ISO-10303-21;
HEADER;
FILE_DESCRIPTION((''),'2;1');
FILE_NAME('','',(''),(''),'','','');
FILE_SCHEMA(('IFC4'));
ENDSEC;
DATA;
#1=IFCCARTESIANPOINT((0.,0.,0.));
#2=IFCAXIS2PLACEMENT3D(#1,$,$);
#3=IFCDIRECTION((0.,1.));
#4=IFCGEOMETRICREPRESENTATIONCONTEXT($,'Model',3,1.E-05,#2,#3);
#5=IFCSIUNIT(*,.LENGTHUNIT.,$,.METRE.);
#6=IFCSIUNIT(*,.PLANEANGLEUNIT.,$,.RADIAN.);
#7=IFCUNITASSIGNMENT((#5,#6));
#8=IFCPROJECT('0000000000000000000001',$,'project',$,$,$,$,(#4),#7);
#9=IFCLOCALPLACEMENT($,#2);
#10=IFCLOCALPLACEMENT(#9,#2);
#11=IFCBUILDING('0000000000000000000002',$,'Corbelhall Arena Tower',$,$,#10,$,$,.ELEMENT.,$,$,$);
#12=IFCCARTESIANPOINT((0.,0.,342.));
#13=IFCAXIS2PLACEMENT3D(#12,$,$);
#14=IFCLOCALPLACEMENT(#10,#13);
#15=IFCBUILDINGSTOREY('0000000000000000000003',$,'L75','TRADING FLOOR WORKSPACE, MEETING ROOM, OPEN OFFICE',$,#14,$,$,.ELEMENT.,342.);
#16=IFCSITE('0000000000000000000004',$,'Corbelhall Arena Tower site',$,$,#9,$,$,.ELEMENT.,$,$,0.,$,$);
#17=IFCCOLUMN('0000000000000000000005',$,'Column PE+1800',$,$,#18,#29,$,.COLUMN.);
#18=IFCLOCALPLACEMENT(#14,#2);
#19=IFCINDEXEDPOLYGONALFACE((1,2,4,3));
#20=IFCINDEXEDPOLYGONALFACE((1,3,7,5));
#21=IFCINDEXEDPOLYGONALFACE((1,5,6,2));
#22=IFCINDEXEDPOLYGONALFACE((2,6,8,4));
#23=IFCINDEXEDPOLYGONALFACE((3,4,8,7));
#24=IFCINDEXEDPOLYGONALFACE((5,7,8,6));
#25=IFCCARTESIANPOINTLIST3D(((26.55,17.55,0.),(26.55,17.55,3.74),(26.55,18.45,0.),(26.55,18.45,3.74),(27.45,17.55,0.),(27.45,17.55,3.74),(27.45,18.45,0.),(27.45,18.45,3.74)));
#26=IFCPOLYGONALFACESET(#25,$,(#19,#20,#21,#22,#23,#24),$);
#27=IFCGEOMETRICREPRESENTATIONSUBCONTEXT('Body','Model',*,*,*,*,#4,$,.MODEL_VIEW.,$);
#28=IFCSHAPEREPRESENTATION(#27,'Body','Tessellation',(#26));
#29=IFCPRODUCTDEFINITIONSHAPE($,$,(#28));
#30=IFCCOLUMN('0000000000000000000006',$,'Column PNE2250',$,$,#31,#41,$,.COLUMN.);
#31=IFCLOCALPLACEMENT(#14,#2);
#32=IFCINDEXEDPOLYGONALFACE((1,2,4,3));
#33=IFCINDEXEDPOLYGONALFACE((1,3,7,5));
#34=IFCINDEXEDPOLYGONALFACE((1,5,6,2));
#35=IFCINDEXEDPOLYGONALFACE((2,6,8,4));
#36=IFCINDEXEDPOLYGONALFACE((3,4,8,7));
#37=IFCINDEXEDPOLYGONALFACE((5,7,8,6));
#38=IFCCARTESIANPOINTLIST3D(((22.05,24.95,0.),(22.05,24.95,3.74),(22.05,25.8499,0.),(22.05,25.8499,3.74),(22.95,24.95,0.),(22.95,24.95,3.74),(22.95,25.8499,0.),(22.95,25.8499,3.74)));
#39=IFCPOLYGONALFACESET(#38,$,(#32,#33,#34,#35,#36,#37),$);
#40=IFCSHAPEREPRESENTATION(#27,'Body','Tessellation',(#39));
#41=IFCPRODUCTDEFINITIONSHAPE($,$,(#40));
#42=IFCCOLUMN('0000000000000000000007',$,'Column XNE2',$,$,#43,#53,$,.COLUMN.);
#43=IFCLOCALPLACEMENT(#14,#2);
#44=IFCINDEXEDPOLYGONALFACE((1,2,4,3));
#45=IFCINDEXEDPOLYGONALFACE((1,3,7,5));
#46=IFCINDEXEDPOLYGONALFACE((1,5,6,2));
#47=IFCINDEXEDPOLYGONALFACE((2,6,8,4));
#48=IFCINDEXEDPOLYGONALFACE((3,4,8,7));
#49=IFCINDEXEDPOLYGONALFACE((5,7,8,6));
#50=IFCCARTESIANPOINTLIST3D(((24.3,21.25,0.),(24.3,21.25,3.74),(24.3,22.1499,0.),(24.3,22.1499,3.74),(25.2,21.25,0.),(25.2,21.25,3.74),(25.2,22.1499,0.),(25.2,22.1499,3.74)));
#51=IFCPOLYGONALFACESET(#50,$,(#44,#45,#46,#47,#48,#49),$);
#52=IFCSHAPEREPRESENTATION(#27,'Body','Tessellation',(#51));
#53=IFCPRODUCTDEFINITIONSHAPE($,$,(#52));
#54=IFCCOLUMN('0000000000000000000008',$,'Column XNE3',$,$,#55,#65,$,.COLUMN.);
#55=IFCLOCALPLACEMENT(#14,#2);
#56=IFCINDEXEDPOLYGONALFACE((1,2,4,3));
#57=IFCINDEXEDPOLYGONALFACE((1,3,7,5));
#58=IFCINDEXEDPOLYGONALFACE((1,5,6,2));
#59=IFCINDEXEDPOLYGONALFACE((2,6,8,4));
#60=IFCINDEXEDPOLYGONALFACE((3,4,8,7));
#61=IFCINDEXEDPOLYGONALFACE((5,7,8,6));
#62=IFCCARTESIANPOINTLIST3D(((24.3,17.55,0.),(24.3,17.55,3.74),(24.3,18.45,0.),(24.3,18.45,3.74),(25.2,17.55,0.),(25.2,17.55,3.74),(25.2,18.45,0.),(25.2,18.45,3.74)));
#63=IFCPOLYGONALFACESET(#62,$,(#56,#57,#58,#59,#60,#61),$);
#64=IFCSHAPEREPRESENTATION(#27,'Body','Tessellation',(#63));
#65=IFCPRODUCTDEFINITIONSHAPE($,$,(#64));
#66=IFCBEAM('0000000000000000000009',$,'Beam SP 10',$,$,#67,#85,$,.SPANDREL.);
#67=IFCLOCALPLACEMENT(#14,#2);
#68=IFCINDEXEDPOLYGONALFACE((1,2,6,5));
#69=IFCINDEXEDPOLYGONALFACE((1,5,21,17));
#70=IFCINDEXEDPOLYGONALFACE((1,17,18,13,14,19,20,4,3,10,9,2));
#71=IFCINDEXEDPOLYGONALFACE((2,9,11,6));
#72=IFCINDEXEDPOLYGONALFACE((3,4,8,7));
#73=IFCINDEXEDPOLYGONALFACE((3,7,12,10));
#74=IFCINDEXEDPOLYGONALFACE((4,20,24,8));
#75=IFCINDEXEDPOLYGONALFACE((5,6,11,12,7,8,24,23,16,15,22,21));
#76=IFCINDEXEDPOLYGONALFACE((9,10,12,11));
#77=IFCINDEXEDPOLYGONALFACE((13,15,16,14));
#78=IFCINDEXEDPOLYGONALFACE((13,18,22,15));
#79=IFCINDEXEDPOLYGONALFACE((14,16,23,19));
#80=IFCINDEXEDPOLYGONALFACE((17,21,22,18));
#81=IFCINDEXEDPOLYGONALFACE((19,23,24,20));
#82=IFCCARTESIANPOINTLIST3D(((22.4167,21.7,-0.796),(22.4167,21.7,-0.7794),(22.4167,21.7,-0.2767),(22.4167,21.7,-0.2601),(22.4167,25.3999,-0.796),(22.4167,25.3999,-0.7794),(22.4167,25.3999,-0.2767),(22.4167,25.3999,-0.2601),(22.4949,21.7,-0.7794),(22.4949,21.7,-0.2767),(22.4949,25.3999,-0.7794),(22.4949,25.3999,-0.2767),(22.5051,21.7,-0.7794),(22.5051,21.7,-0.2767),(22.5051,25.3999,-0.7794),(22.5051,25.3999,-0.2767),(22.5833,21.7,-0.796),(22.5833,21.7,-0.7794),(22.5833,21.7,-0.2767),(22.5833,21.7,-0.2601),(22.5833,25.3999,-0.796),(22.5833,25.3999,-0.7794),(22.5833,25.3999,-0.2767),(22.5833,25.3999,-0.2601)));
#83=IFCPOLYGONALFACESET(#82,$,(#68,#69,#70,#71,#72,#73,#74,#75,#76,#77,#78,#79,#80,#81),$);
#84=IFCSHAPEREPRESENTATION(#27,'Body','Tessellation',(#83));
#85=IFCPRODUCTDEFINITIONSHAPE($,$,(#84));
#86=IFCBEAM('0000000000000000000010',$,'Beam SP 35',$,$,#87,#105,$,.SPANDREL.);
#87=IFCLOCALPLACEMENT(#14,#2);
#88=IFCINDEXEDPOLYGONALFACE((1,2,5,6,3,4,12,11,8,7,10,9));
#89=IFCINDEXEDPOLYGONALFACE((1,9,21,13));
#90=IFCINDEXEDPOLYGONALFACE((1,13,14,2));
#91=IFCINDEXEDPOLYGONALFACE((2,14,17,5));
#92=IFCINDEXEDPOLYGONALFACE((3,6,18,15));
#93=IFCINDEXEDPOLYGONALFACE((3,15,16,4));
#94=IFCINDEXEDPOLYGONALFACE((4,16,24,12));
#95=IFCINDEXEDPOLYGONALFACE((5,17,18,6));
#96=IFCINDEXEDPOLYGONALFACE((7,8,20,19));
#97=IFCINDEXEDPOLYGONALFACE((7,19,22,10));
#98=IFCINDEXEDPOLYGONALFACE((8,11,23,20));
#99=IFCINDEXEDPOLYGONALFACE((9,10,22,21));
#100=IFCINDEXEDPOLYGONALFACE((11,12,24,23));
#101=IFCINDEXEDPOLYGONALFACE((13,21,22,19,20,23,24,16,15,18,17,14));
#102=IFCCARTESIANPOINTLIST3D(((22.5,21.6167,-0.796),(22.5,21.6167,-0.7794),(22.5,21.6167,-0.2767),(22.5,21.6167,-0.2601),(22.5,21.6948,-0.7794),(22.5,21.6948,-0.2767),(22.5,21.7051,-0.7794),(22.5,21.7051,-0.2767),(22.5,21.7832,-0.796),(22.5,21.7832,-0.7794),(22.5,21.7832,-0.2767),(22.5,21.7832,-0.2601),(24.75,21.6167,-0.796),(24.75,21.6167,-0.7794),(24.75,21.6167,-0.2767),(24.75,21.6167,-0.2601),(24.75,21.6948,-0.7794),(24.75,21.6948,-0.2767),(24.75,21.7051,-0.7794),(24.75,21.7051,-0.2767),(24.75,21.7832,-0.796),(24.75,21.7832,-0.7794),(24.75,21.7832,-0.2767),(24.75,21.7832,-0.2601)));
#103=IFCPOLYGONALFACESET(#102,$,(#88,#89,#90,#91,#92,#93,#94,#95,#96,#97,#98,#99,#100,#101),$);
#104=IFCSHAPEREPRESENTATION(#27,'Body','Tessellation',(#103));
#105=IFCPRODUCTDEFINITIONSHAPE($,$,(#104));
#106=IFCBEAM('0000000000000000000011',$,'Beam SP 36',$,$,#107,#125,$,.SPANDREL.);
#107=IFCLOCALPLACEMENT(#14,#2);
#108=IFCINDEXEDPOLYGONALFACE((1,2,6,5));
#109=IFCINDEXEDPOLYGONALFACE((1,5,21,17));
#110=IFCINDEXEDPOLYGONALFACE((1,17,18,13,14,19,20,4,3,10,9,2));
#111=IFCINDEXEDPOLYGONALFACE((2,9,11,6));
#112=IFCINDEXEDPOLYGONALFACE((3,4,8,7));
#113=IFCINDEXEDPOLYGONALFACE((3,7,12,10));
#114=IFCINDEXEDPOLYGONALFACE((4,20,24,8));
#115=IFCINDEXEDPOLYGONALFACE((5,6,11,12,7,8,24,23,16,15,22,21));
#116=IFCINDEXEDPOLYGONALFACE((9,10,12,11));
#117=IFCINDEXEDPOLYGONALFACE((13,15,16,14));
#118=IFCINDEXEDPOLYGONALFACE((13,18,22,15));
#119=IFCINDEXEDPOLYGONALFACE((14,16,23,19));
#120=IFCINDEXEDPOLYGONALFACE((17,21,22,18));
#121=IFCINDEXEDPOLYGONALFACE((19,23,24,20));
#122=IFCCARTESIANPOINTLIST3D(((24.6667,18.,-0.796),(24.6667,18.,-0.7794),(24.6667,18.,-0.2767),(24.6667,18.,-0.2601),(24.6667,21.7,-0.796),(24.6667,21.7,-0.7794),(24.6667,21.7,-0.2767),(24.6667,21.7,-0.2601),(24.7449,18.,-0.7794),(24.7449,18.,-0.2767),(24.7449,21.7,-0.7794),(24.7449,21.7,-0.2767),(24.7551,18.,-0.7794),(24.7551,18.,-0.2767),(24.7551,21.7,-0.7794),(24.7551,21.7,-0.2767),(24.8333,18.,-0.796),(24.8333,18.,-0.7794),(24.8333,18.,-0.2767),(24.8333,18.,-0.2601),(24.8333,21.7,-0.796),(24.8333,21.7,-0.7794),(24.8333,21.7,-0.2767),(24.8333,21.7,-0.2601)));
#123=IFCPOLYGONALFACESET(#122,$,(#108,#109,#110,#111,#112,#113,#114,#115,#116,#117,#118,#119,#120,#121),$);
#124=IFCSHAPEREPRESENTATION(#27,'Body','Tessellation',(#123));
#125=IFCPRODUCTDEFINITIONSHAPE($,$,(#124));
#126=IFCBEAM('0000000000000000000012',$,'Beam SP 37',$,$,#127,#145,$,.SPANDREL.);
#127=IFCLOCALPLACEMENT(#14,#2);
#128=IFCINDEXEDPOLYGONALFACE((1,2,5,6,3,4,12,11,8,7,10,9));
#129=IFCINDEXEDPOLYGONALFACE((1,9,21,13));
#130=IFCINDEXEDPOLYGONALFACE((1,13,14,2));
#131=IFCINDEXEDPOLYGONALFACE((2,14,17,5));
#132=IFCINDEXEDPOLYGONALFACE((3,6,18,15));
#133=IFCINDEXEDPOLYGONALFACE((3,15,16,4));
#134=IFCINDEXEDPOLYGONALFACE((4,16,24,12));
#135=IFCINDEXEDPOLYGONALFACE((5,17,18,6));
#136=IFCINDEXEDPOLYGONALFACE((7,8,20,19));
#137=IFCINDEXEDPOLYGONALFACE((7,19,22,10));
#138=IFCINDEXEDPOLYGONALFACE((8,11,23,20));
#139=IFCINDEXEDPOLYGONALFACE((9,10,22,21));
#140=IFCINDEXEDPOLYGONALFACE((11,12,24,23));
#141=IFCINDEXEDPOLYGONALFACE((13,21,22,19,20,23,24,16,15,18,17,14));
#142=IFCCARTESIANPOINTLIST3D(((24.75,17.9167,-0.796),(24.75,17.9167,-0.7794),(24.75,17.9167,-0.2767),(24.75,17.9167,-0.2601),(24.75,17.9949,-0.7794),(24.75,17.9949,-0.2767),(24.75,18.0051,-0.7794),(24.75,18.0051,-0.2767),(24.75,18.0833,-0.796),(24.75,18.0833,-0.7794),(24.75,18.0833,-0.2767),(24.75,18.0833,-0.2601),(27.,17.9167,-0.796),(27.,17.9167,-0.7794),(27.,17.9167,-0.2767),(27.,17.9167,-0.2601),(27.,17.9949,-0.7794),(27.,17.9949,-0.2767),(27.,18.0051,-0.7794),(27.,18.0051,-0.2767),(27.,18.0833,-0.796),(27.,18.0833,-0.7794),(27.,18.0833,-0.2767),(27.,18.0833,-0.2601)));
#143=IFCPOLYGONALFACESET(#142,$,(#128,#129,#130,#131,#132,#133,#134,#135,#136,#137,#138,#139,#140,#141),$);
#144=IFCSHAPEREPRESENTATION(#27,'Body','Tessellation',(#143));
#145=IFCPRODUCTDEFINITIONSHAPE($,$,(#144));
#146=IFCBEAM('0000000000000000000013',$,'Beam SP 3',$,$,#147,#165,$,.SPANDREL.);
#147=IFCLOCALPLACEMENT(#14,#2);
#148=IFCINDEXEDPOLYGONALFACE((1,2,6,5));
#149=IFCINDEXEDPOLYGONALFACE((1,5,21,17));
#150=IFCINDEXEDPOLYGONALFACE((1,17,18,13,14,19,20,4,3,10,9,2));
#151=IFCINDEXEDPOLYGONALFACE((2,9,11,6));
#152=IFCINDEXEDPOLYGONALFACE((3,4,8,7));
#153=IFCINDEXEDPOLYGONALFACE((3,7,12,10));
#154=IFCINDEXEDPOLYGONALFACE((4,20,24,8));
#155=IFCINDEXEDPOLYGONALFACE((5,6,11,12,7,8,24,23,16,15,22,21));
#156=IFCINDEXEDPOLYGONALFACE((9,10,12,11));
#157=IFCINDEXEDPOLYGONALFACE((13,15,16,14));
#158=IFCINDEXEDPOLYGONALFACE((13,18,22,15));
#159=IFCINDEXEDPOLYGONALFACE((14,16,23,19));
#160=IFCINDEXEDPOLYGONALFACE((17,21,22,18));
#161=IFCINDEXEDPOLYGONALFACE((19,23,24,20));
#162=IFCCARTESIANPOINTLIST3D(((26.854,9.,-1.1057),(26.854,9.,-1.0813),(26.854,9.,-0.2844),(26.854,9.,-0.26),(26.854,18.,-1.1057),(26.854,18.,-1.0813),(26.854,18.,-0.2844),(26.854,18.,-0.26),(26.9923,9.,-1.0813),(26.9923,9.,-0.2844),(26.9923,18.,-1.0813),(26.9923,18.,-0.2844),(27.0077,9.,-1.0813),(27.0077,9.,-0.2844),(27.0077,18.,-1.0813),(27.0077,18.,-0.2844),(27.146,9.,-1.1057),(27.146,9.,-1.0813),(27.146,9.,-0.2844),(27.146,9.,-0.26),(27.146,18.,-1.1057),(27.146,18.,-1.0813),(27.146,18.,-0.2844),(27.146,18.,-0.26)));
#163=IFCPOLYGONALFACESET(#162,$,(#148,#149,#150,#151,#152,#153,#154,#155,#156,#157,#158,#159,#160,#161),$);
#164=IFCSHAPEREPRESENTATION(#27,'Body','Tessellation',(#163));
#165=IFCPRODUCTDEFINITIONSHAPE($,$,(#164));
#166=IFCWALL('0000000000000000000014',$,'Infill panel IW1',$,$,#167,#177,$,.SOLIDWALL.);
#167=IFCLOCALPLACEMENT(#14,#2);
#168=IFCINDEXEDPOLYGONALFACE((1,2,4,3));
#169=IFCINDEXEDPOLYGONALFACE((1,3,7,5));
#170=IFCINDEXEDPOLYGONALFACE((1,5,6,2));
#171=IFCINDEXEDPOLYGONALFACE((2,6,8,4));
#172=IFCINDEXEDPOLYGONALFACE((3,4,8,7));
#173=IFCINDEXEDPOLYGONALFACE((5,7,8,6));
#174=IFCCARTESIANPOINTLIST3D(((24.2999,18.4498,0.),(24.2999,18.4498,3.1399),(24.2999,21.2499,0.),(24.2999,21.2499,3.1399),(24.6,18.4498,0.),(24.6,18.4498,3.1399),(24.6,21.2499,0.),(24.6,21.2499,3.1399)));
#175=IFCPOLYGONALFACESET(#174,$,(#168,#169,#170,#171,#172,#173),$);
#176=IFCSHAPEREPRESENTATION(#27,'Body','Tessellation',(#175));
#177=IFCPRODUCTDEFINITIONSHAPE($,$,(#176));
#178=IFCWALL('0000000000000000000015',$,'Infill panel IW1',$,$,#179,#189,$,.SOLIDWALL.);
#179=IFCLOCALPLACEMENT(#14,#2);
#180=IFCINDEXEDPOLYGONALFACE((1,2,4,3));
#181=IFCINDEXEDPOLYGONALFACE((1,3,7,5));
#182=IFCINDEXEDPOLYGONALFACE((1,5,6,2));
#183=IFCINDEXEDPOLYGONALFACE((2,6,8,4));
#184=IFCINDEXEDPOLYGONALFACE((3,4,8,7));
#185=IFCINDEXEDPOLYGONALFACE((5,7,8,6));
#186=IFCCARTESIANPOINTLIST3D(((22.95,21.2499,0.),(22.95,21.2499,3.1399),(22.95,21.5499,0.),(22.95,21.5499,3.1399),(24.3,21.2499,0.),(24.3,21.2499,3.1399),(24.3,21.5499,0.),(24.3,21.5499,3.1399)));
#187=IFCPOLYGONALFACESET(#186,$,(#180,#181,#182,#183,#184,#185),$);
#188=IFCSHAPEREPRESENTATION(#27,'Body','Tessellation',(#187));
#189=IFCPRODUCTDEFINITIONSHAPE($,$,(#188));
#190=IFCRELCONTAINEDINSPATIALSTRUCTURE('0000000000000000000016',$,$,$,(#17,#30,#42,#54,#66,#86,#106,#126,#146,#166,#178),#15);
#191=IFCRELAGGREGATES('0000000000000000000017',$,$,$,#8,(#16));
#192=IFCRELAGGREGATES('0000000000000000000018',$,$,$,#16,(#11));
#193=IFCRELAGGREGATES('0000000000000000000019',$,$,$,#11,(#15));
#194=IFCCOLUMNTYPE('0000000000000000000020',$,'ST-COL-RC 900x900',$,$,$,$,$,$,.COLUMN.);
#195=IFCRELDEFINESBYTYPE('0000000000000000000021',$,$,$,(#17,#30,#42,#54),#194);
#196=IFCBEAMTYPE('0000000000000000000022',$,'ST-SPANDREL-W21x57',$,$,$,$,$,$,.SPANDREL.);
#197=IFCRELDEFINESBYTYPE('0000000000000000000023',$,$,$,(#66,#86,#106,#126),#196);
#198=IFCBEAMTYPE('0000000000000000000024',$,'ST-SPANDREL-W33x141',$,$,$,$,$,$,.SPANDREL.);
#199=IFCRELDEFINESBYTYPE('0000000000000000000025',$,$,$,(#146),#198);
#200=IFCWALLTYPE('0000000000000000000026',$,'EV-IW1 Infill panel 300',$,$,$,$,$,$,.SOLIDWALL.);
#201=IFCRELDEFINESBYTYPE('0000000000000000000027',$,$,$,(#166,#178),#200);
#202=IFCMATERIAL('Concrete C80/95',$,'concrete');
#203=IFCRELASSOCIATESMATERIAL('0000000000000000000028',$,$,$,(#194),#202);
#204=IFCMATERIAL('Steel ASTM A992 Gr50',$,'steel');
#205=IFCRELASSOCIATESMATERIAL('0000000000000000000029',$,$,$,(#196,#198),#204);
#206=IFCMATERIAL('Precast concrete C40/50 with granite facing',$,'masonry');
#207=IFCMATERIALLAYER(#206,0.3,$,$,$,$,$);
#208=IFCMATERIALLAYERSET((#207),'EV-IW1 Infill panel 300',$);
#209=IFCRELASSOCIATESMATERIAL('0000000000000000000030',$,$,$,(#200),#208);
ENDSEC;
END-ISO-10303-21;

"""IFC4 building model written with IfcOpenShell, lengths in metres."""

from ifc_helpers import new_model, si_unit, direction, frame, frame_2d, origin, origin_2d, place, context, subcontext, project, spatial, rectangle, i_section, extrude, material, layer, layer_set, material_profile, profile_set, type_object, element, save


model = new_model("IFC4")

# Units and contexts
model_context = context("Model", 3, precision=1e-05, world=origin(), true_north=direction((0.0, 1.0)))
body_context = subcontext(model_context, "Body", "Model", "MODEL_VIEW")
ifc_project = project(units=[si_unit("LENGTHUNIT", "METRE"), si_unit("PLANEANGLEUNIT", "RADIAN")], contexts=[model_context])

# Site, building, storey
site_placement = place(None, origin())
site = spatial("IfcSite", under=ifc_project, at=site_placement, Name="Corbelhall Arena Tower site", CompositionType="ELEMENT", RefElevation=0.0)
building_placement = place(site_placement, origin())
building = spatial("IfcBuilding", under=site, at=building_placement, Name="Corbelhall Arena Tower", CompositionType="ELEMENT")
storey_placement = place(building_placement, frame((0.0, 0.0, 342.0)))
storey = spatial("IfcBuildingStorey", under=building, at=storey_placement, Name="L75", Description="TRADING FLOOR WORKSPACE, MEETING ROOM, OPEN OFFICE", CompositionType="ELEMENT", Elevation=342.0)

# Columns
ifc_material_1 = material(Name="Concrete C80/95", Category="concrete")
ifc_material_profile_1 = material_profile(ifc_material_1, rectangle(XDim=0.8999, YDim=0.8999, at=origin_2d()))
ifc_profile_set_1 = profile_set([ifc_material_profile_1], Name="Concrete C80/95")
column_type = type_object("IfcColumnType", Name="ST-COL-RC 900x900", PredefinedType="COLUMN", material=ifc_profile_set_1)
for number, where, z_axis, x_axis, name in (
    (1, (27.0, 18.0, 0.0), (0.0, 0.0, 1.0), (0.0, 1.0, 0.0), "Column PE+1800"),
    (2, (22.5, 25.3999, 0.0), (0.0, 0.0, 1.0), (1.0, 0.0, 0.0), "Column PNE2250"),
    (3, (24.75, 21.7, 0.0), (0.0, 0.0, 1.0), (1.0, 0.0, 0.0), "Column XNE2"),
    (4, (24.75, 18.0, 0.0), (0.0, 0.0, 1.0), (1.0, 0.0, 0.0), "Column XNE3"),
):
    element("IfcColumn", number, at=place(storey_placement, frame(where, z_axis=z_axis, x_axis=x_axis)), inside=storey, type_object=column_type, Name=name, PredefinedType="COLUMN", context=body_context, shape_type="SweptSolid", body=[
        extrude(rectangle(XDim=0.8999, YDim=0.8999, at=origin_2d()), origin(), (0.0, 0.0, 1.0), 3.74),
    ])

# Beams
ifc_material_2 = material(Name="Steel ASTM A992 Gr50", Category="steel")
ifc_material_profile_2 = material_profile(ifc_material_2, i_section(OverallWidth=0.1665, OverallDepth=0.5359, WebThickness=0.0103, FlangeThickness=0.0166, at=origin_2d()))
ifc_profile_set_2 = profile_set([ifc_material_profile_2], Name="Steel ASTM A992 Gr50")
beam_type_1 = type_object("IfcBeamType", Name="ST-SPANDREL-W21x57", PredefinedType="SPANDREL", material=ifc_profile_set_2)
beam_1_placement = place(storey_placement, frame((22.5, 25.3999, -0.5281), z_axis=(0.0, -1.0, 0.0), x_axis=(1.0, 0.0, 0.0)))
element("IfcBeam", 5, at=beam_1_placement, inside=storey, type_object=beam_type_1, Name="Beam SP 10", PredefinedType="SPANDREL", context=body_context, shape_type="SweptSolid", body=[
    extrude(i_section(OverallWidth=0.1665, OverallDepth=0.5359, WebThickness=0.0103, FlangeThickness=0.0166, at=origin_2d()), origin(), (0.0, 0.0, 1.0), 3.7),
])
beam_2_placement = place(storey_placement, frame((22.5, 21.7, -0.5281), z_axis=(1.0, 0.0, 0.0), x_axis=(0.0, 1.0, 0.0)))
element("IfcBeam", 6, at=beam_2_placement, inside=storey, type_object=beam_type_1, Name="Beam SP 35", PredefinedType="SPANDREL", context=body_context, shape_type="SweptSolid", body=[
    extrude(i_section(OverallWidth=0.1665, OverallDepth=0.5359, WebThickness=0.0103, FlangeThickness=0.0166, at=origin_2d()), origin(), (0.0, 0.0, 1.0), 2.25),
])
beam_3_placement = place(storey_placement, frame((24.75, 21.7, -0.5281), z_axis=(0.0, -1.0, 0.0), x_axis=(1.0, 0.0, 0.0)))
element("IfcBeam", 7, at=beam_3_placement, inside=storey, type_object=beam_type_1, Name="Beam SP 36", PredefinedType="SPANDREL", context=body_context, shape_type="SweptSolid", body=[
    extrude(i_section(OverallWidth=0.1665, OverallDepth=0.5359, WebThickness=0.0103, FlangeThickness=0.0166, at=origin_2d()), origin(), (0.0, 0.0, 1.0), 3.7),
])
beam_4_placement = place(storey_placement, frame((24.75, 18.0, -0.5281), z_axis=(1.0, 0.0, 0.0), x_axis=(0.0, 1.0, 0.0)))
element("IfcBeam", 8, at=beam_4_placement, inside=storey, type_object=beam_type_1, Name="Beam SP 37", PredefinedType="SPANDREL", context=body_context, shape_type="SweptSolid", body=[
    extrude(i_section(OverallWidth=0.1665, OverallDepth=0.5359, WebThickness=0.0103, FlangeThickness=0.0166, at=origin_2d()), origin(), (0.0, 0.0, 1.0), 2.25),
])
ifc_material_profile_3 = material_profile(ifc_material_2, i_section(OverallWidth=0.292, OverallDepth=0.8457, WebThickness=0.0154, FlangeThickness=0.0244, at=origin_2d()))
ifc_profile_set_3 = profile_set([ifc_material_profile_3], Name="Steel ASTM A992 Gr50")
beam_type_2 = type_object("IfcBeamType", Name="ST-SPANDREL-W33x141", PredefinedType="SPANDREL", material=ifc_profile_set_3)
beam_5_placement = place(storey_placement, frame((27.0, 18.0, -0.6829), z_axis=(0.0, -1.0, 0.0), x_axis=(1.0, 0.0, 0.0)))
element("IfcBeam", 9, at=beam_5_placement, inside=storey, type_object=beam_type_2, Name="Beam SP 3", PredefinedType="SPANDREL", context=body_context, shape_type="SweptSolid", body=[
    extrude(i_section(OverallWidth=0.292, OverallDepth=0.8457, WebThickness=0.0154, FlangeThickness=0.0244, at=origin_2d()), origin(), (0.0, 0.0, 1.0), 9.0),
])

# Walls
ifc_material_3 = material(Name="Precast concrete C40/50 with granite facing", Category="masonry")
ifc_layer = layer(ifc_material_3, 0.3)
ifc_layer_set = layer_set([ifc_layer], Name="EV-IW1 Infill panel 300")
wall_type = type_object("IfcWallType", Name="EV-IW1 Infill panel 300", PredefinedType="SOLIDWALL", material=ifc_layer_set)
wall_1_placement = place(storey_placement, frame((24.45, 18.45, 0.0), z_axis=(0.0, 0.0, 1.0), x_axis=(0.0, 1.0, 0.0)))
element("IfcWall", 10, at=wall_1_placement, inside=storey, type_object=wall_type, Name="Infill panel IW1", PredefinedType="SOLIDWALL", context=body_context, shape_type="SweptSolid", body=[
    extrude(rectangle(XDim=2.8, YDim=0.3, at=frame_2d((1.3999, 0.0))), origin(), (0.0, 0.0, 1.0), 3.1399),
])
wall_2_placement = place(storey_placement, frame((24.3, 21.3999, 0.0), z_axis=(0.0, 0.0, 1.0), x_axis=(-1.0, 0.0, 0.0)))
element("IfcWall", 11, at=wall_2_placement, inside=storey, type_object=wall_type, Name="Infill panel IW1", PredefinedType="SOLIDWALL", context=body_context, shape_type="SweptSolid", body=[
    extrude(rectangle(XDim=1.3501, YDim=0.3, at=frame_2d((0.675, 0.0))), origin(), (0.0, 0.0, 1.0), 3.1399),
])

save(model, "model.ifc")
